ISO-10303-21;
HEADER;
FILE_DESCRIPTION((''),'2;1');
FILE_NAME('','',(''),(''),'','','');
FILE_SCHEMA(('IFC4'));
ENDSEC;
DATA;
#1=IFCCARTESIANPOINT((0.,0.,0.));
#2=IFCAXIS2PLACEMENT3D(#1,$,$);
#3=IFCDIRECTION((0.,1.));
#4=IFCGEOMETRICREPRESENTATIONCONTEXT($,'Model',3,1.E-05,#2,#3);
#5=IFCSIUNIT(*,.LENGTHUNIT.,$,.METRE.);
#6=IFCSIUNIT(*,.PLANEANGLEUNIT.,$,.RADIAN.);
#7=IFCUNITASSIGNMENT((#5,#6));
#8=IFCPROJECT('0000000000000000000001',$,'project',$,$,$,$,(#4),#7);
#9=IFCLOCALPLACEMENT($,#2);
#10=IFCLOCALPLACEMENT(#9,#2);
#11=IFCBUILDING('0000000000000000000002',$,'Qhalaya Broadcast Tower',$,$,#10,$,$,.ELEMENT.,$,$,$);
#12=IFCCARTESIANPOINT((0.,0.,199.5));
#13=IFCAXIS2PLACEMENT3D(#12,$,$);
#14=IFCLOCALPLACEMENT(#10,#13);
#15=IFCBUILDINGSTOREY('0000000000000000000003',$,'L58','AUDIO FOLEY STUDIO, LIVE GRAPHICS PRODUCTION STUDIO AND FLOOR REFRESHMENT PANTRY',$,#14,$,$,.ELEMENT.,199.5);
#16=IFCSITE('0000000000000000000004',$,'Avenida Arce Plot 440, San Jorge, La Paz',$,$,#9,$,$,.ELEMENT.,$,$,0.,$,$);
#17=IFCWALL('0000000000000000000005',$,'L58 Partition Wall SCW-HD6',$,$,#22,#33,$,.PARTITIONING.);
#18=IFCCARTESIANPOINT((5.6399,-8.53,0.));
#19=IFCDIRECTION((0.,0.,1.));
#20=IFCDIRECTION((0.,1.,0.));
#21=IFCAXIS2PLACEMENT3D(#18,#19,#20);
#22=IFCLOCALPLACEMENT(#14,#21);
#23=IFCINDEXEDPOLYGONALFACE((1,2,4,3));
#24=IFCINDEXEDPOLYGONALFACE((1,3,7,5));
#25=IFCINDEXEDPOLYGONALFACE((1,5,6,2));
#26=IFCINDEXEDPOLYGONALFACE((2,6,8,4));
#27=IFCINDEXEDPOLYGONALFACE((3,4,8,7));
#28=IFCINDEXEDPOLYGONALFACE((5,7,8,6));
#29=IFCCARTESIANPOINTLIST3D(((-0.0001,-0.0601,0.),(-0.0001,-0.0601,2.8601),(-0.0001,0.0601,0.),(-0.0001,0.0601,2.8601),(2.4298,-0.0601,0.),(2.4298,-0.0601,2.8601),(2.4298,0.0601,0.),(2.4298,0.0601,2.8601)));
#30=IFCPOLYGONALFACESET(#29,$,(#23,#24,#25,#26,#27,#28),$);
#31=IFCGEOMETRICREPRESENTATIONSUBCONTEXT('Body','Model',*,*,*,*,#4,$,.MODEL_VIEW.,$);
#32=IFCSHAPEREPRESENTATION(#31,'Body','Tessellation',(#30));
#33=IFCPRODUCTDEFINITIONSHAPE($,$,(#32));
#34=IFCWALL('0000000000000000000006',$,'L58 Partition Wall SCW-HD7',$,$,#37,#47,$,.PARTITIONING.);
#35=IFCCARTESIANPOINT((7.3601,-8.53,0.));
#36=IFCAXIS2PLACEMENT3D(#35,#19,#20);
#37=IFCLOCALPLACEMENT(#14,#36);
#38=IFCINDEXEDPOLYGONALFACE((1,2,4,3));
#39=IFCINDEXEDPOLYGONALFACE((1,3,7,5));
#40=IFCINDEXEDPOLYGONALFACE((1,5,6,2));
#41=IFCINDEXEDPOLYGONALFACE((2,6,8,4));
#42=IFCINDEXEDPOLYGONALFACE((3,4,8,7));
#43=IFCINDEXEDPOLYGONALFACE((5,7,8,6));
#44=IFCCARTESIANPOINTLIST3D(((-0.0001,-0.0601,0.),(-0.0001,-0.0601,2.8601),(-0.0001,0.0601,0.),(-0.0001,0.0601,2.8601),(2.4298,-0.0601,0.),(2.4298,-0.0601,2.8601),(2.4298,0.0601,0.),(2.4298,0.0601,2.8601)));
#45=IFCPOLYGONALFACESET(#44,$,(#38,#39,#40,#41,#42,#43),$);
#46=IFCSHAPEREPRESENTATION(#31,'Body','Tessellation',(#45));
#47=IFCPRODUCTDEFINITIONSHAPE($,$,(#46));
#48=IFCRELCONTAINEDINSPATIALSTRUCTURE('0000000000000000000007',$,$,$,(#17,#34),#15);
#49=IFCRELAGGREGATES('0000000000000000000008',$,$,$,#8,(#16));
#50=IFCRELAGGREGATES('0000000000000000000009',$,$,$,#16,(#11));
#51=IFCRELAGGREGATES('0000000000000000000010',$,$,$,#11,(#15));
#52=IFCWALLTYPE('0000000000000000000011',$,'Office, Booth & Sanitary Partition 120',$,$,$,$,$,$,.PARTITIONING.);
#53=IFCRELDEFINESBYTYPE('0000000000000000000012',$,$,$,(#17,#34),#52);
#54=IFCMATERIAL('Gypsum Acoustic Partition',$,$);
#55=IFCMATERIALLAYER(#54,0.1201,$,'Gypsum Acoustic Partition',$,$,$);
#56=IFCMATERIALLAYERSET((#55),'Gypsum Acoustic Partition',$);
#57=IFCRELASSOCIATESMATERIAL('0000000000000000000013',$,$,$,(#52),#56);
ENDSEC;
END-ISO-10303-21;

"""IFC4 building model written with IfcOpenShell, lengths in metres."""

from ifc_helpers import new_model, si_unit, direction, frame, frame_2d, origin, place, context, subcontext, project, spatial, rectangle, extrude, material, layer, layer_set, type_object, element, save


model = new_model("IFC4")

# Units and contexts
model_context = context("Model", 3, precision=1e-05, world=origin(), true_north=direction((0.0, 1.0)))
body_context = subcontext(model_context, "Body", "Model", "MODEL_VIEW")
ifc_project = project(units=[si_unit("LENGTHUNIT", "METRE"), si_unit("PLANEANGLEUNIT", "RADIAN")], contexts=[model_context])

# Site, building, storey
site_placement = place(None, origin())
site = spatial("IfcSite", under=ifc_project, at=site_placement, Name="Avenida Arce Plot 440, San Jorge, La Paz", CompositionType="ELEMENT", RefElevation=0.0)
building_placement = place(site_placement, origin())
building = spatial("IfcBuilding", under=site, at=building_placement, Name="Qhalaya Broadcast Tower", CompositionType="ELEMENT")
storey_placement = place(building_placement, frame((0.0, 0.0, 199.5)))
storey = spatial("IfcBuildingStorey", under=building, at=storey_placement, Name="L58", Description="AUDIO FOLEY STUDIO, LIVE GRAPHICS PRODUCTION STUDIO AND FLOOR REFRESHMENT PANTRY", CompositionType="ELEMENT", Elevation=199.5)

# Walls
ifc_material_1 = material(Name="Gypsum Acoustic Partition")
ifc_layer_1 = layer(ifc_material_1, 0.1201, Name="Gypsum Acoustic Partition")
ifc_layer_set_1 = layer_set([ifc_layer_1], Name="Gypsum Acoustic Partition")
wall_type_1 = type_object("IfcWallType", Name="Office, Booth & Sanitary Partition 120", PredefinedType="PARTITIONING", material=ifc_layer_set_1)
for number, where, z_axis, x_axis, name in (
    (1, (5.6399, -8.53, 0.0), (0.0, 0.0, 1.0), (0.0, 1.0, 0.0), "L58 Partition Wall SCW-HD6"),
    (2, (7.3601, -8.53, 0.0), (0.0, 0.0, 1.0), (0.0, 1.0, 0.0), "L58 Partition Wall SCW-HD7"),
):
    element("IfcWall", number, at=place(storey_placement, frame(where, z_axis=z_axis, x_axis=x_axis)), inside=storey, type_object=wall_type_1, Name=name, PredefinedType="PARTITIONING", context=body_context, shape_type="SweptSolid", body=[
        extrude(rectangle(XDim=2.4299, YDim=0.1201, at=frame_2d((1.2148, 0.0))), origin(), (0.0, 0.0, 1.0), 2.8601),
    ])

save(model, "model.ifc")
